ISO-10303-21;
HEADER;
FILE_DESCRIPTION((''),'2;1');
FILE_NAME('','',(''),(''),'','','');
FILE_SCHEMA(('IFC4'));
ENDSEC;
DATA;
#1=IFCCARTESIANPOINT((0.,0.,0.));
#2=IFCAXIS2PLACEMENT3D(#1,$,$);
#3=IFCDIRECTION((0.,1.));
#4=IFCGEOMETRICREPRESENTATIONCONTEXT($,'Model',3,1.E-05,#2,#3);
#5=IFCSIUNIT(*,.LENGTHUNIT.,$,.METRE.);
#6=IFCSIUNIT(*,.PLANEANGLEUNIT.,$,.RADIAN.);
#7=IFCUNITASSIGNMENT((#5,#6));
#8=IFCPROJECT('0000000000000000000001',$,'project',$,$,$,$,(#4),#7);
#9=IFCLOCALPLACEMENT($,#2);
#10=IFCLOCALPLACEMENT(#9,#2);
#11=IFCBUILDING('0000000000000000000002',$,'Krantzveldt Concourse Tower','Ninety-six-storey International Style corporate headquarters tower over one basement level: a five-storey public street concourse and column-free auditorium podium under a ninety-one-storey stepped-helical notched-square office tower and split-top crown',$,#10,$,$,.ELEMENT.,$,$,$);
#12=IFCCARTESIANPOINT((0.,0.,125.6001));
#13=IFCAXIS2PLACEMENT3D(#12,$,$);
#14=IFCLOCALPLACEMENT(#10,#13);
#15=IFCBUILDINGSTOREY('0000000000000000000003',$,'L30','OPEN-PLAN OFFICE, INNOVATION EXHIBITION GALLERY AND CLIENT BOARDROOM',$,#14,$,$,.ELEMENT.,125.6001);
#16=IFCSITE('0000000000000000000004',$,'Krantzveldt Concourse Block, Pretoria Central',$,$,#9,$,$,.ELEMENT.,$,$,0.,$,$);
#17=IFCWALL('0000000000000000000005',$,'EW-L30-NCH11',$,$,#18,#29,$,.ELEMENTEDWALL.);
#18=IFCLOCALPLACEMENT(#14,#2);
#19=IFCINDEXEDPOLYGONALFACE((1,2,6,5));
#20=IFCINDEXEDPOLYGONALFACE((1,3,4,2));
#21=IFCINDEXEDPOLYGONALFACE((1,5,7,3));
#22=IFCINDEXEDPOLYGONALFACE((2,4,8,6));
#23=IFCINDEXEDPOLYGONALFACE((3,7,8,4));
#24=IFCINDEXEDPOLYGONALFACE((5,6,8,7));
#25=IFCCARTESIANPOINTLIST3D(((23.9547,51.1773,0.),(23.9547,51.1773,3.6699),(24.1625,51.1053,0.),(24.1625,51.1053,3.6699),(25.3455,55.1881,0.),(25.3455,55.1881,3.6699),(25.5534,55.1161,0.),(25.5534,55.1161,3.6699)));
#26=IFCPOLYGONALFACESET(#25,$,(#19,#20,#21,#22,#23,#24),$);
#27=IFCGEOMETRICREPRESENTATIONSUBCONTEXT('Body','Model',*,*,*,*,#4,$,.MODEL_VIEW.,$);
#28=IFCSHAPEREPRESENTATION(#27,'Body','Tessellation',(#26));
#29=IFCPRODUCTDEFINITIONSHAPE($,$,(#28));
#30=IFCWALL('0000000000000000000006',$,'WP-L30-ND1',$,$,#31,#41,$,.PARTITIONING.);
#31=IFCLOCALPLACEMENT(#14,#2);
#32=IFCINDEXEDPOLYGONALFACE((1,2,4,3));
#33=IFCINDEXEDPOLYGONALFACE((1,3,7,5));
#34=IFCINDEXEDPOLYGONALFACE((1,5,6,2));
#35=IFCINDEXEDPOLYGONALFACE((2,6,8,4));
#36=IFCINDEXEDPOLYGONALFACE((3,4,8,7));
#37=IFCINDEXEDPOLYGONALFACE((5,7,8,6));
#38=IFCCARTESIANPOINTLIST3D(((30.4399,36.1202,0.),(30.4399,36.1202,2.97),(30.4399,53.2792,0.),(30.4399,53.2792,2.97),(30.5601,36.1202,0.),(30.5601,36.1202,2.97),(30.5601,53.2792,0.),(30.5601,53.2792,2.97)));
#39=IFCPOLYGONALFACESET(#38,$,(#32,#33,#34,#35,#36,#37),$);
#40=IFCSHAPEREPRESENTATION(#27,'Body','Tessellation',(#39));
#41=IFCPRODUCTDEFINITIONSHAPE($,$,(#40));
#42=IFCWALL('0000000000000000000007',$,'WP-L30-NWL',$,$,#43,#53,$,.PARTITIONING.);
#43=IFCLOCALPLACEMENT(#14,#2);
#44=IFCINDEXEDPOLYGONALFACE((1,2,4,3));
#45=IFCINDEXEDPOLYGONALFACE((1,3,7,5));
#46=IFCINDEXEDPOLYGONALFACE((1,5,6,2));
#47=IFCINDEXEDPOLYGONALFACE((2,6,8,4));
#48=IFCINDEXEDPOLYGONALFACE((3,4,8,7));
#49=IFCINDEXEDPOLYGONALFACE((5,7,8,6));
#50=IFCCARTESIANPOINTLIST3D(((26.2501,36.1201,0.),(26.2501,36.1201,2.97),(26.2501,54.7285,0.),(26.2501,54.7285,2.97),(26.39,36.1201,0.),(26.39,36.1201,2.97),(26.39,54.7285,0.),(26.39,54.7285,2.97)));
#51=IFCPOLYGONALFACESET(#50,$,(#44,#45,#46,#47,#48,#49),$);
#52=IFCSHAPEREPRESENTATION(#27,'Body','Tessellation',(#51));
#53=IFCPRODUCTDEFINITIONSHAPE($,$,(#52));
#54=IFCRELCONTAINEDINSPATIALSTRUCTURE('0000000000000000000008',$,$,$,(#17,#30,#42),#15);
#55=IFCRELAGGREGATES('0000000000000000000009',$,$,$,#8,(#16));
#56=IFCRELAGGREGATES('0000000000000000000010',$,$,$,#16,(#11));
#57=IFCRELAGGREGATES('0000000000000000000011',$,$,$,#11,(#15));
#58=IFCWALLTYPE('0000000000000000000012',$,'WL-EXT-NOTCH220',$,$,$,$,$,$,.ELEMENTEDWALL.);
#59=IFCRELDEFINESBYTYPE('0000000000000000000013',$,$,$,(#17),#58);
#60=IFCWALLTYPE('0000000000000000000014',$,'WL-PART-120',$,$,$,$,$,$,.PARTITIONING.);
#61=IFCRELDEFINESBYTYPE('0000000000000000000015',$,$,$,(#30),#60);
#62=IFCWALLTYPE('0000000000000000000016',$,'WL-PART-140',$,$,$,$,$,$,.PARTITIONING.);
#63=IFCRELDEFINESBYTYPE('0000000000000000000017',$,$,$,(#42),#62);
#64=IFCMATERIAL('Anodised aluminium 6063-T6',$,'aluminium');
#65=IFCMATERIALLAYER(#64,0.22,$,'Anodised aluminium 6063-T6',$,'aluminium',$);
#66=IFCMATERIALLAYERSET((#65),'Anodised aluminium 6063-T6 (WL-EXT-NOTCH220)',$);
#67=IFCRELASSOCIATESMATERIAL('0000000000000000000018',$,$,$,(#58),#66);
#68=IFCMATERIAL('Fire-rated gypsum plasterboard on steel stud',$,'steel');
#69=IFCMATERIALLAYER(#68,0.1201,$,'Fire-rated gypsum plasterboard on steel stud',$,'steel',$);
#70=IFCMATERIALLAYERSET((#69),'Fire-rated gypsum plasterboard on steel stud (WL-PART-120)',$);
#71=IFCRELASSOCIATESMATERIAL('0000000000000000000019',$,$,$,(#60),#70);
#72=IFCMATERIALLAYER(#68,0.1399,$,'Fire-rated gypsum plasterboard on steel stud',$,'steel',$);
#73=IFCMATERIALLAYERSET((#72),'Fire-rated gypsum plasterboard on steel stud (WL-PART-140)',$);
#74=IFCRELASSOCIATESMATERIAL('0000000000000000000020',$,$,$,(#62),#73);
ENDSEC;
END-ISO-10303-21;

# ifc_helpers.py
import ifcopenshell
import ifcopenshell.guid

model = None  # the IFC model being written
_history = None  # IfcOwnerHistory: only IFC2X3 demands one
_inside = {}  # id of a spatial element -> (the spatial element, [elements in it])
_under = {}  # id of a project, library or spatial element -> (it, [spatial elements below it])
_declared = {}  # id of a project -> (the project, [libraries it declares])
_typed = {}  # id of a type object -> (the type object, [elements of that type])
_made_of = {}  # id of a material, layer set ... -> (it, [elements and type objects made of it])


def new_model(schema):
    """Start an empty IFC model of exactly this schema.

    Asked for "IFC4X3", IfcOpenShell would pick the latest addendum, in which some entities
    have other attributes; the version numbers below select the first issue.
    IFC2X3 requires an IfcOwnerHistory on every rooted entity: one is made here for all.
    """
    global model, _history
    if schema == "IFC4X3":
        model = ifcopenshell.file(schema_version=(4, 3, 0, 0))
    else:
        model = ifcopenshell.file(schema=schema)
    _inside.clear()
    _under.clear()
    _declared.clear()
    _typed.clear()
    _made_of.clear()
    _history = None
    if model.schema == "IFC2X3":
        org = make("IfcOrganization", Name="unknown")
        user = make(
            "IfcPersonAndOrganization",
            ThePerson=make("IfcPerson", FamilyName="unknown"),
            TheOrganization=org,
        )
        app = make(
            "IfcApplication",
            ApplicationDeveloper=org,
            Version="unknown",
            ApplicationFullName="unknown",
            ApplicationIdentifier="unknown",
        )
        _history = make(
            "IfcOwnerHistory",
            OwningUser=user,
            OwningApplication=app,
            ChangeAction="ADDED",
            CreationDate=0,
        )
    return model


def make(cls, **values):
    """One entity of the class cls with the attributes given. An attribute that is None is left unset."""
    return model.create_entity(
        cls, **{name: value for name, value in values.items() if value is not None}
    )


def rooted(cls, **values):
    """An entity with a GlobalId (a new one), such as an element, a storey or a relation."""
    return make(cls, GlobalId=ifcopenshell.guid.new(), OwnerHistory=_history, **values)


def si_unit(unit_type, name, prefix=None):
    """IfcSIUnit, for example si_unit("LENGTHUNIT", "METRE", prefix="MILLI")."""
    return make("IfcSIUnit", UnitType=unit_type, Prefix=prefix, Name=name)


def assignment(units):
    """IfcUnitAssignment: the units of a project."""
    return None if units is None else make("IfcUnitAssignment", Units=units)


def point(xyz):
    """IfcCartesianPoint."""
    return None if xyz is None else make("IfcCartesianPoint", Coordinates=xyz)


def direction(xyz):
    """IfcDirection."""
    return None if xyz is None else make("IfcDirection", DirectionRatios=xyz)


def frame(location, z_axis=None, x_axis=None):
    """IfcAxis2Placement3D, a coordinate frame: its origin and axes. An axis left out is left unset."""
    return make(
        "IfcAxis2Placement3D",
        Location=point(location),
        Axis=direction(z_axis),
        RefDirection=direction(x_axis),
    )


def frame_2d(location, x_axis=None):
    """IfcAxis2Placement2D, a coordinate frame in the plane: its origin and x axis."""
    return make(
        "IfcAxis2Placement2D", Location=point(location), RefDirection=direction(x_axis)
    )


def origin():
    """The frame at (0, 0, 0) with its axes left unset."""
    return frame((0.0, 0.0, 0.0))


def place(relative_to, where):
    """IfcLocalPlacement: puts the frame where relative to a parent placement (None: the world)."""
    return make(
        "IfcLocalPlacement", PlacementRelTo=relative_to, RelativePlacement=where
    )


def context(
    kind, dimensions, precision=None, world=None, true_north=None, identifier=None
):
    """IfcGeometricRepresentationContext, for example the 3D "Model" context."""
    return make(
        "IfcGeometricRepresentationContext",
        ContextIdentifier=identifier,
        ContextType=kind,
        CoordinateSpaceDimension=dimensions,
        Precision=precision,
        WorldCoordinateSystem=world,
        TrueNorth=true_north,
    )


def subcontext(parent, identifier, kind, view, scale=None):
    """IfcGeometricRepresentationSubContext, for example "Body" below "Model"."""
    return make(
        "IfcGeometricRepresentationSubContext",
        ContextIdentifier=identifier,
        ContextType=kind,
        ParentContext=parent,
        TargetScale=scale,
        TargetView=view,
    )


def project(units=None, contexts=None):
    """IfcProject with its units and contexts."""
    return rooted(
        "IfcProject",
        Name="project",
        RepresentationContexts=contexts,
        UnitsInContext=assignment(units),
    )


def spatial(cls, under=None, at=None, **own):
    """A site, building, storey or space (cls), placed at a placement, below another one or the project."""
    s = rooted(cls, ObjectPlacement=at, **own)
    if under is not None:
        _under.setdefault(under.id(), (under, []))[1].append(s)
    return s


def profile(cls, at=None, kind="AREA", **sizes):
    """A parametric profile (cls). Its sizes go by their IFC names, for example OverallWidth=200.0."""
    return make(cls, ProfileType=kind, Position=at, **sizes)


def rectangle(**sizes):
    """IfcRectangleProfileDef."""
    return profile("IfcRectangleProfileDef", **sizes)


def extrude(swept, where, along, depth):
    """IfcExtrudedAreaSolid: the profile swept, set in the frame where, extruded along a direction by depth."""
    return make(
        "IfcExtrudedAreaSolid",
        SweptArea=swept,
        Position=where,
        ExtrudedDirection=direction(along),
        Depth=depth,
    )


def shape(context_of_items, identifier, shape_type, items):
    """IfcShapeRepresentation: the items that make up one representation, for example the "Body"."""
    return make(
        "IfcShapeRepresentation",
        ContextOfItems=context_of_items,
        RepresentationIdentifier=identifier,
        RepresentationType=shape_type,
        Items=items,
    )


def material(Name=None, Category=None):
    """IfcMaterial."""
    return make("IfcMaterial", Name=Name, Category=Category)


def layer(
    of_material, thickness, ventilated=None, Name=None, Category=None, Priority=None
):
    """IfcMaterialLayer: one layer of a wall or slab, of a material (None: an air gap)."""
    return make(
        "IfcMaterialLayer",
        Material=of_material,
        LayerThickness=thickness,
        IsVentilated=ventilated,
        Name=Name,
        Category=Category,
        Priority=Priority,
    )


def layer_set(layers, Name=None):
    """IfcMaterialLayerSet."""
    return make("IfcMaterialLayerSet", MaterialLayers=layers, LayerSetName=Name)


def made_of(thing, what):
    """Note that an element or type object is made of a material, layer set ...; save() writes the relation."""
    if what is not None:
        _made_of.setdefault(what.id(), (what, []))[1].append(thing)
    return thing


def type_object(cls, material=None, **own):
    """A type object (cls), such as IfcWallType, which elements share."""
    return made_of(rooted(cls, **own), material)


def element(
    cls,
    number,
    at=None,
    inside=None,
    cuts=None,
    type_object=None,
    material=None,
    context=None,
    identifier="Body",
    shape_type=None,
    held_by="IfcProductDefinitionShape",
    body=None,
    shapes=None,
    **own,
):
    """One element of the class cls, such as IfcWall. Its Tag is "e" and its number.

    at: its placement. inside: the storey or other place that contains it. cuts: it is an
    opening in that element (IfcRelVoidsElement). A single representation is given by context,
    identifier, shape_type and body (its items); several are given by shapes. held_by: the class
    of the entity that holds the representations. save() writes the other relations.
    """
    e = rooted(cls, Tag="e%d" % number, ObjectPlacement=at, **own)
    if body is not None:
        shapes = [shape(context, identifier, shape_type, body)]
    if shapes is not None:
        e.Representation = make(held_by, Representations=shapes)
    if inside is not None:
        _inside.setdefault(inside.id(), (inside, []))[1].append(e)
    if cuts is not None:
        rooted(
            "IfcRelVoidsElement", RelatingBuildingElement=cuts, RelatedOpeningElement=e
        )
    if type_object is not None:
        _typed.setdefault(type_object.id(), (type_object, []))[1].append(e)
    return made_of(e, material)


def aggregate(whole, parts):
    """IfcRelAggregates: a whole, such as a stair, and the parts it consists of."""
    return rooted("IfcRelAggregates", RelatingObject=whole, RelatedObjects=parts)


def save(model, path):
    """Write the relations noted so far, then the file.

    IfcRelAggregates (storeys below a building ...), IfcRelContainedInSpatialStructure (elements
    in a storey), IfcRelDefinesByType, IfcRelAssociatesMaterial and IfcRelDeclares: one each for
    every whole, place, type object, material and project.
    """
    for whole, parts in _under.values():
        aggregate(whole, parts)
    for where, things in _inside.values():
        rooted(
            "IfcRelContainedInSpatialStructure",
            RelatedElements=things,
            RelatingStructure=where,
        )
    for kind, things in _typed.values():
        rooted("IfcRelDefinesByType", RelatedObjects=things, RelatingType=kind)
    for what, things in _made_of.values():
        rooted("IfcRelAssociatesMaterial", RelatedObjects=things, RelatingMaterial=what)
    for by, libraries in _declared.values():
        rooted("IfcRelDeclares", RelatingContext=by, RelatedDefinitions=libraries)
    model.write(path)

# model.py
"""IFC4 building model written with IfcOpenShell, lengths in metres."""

from ifc_helpers import new_model, si_unit, direction, frame, frame_2d, origin, place, context, subcontext, project, spatial, rectangle, extrude, material, layer, layer_set, type_object, element, save


model = new_model("IFC4")

# Units and contexts
model_context = context("Model", 3, precision=1e-05, world=origin(), true_north=direction((0.0, 1.0)))
body_context = subcontext(model_context, "Body", "Model", "MODEL_VIEW")
ifc_project = project(units=[si_unit("LENGTHUNIT", "METRE"), si_unit("PLANEANGLEUNIT", "RADIAN")], contexts=[model_context])

# Site, building, storey
site_placement = place(None, origin())
site = spatial("IfcSite", under=ifc_project, at=site_placement, Name="Krantzveldt Concourse Block, Pretoria Central", CompositionType="ELEMENT", RefElevation=0.0)
building_placement = place(site_placement, origin())
building = spatial("IfcBuilding", under=site, at=building_placement, Name="Krantzveldt Concourse Tower", Description="Ninety-six-storey International Style corporate headquarters tower over one basement level: a five-storey public street concourse and column-free auditorium podium under a ninety-one-storey stepped-helical notched-square office tower and split-top crown", CompositionType="ELEMENT")
storey_placement = place(building_placement, frame((0.0, 0.0, 125.6001)))
storey = spatial("IfcBuildingStorey", under=building, at=storey_placement, Name="L30", Description="OPEN-PLAN OFFICE, INNOVATION EXHIBITION GALLERY AND CLIENT BOARDROOM", CompositionType="ELEMENT", Elevation=125.6001)

# Shared definitions
ifc_material_1 = material(Name="Anodised aluminium 6063-T6", Category="aluminium")

# Walls
ifc_layer_1 = layer(ifc_material_1, 0.22, Name="Anodised aluminium 6063-T6", Category="aluminium")
ifc_layer_set_1 = layer_set([ifc_layer_1], Name="Anodised aluminium 6063-T6 (WL-EXT-NOTCH220)")
wall_type_1 = type_object("IfcWallType", Name="WL-EXT-NOTCH220", PredefinedType="ELEMENTEDWALL", material=ifc_layer_set_1)
wall_1_placement = place(storey_placement, frame((25.4495, 55.1521, 0.0), z_axis=(0.0, 0.0, 1.0), x_axis=(-0.327644, -0.944801, 0.0)))
element("IfcWall", 1, at=wall_1_placement, inside=storey, type_object=wall_type_1, Name="EW-L30-NCH11", PredefinedType="ELEMENTEDWALL", context=body_context, shape_type="SweptSolid", body=[
    extrude(rectangle(XDim=4.2451, YDim=0.22, at=frame_2d((2.1226, 0.0))), origin(), (0.0, 0.0, 1.0), 3.6699),
])
ifc_material_2 = material(Name="Fire-rated gypsum plasterboard on steel stud", Category="steel")
ifc_layer_2 = layer(ifc_material_2, 0.1201, Name="Fire-rated gypsum plasterboard on steel stud", Category="steel")
ifc_layer_set_2 = layer_set([ifc_layer_2], Name="Fire-rated gypsum plasterboard on steel stud (WL-PART-120)")
wall_type_2 = type_object("IfcWallType", Name="WL-PART-120", PredefinedType="PARTITIONING", material=ifc_layer_set_2)
wall_2_placement = place(storey_placement, frame((30.5, 36.1201, 0.0), z_axis=(0.0, 0.0, 1.0), x_axis=(0.0, 1.0, 0.0)))
element("IfcWall", 2, at=wall_2_placement, inside=storey, type_object=wall_type_2, Name="WP-L30-ND1", PredefinedType="PARTITIONING", context=body_context, shape_type="SweptSolid", body=[
    extrude(rectangle(XDim=17.1589, YDim=0.1201, at=frame_2d((8.5796, 0.0))), origin(), (0.0, 0.0, 1.0), 2.97),
])
ifc_layer_3 = layer(ifc_material_2, 0.1399, Name="Fire-rated gypsum plasterboard on steel stud", Category="steel")
ifc_layer_set_3 = layer_set([ifc_layer_3], Name="Fire-rated gypsum plasterboard on steel stud (WL-PART-140)")
wall_type_3 = type_object("IfcWallType", Name="WL-PART-140", PredefinedType="PARTITIONING", material=ifc_layer_set_3)
wall_3_placement = place(storey_placement, frame((26.3201, 36.1201, 0.0), z_axis=(0.0, 0.0, 1.0), x_axis=(0.0, 1.0, 0.0)))
element("IfcWall", 3, at=wall_3_placement, inside=storey, type_object=wall_type_3, Name="WP-L30-NWL", PredefinedType="PARTITIONING", context=body_context, shape_type="SweptSolid", body=[
    extrude(rectangle(XDim=18.6084, YDim=0.1399, at=frame_2d((9.3042, 0.0))), origin(), (0.0, 0.0, 1.0), 2.97),
])

save(model, "model.ifc")
